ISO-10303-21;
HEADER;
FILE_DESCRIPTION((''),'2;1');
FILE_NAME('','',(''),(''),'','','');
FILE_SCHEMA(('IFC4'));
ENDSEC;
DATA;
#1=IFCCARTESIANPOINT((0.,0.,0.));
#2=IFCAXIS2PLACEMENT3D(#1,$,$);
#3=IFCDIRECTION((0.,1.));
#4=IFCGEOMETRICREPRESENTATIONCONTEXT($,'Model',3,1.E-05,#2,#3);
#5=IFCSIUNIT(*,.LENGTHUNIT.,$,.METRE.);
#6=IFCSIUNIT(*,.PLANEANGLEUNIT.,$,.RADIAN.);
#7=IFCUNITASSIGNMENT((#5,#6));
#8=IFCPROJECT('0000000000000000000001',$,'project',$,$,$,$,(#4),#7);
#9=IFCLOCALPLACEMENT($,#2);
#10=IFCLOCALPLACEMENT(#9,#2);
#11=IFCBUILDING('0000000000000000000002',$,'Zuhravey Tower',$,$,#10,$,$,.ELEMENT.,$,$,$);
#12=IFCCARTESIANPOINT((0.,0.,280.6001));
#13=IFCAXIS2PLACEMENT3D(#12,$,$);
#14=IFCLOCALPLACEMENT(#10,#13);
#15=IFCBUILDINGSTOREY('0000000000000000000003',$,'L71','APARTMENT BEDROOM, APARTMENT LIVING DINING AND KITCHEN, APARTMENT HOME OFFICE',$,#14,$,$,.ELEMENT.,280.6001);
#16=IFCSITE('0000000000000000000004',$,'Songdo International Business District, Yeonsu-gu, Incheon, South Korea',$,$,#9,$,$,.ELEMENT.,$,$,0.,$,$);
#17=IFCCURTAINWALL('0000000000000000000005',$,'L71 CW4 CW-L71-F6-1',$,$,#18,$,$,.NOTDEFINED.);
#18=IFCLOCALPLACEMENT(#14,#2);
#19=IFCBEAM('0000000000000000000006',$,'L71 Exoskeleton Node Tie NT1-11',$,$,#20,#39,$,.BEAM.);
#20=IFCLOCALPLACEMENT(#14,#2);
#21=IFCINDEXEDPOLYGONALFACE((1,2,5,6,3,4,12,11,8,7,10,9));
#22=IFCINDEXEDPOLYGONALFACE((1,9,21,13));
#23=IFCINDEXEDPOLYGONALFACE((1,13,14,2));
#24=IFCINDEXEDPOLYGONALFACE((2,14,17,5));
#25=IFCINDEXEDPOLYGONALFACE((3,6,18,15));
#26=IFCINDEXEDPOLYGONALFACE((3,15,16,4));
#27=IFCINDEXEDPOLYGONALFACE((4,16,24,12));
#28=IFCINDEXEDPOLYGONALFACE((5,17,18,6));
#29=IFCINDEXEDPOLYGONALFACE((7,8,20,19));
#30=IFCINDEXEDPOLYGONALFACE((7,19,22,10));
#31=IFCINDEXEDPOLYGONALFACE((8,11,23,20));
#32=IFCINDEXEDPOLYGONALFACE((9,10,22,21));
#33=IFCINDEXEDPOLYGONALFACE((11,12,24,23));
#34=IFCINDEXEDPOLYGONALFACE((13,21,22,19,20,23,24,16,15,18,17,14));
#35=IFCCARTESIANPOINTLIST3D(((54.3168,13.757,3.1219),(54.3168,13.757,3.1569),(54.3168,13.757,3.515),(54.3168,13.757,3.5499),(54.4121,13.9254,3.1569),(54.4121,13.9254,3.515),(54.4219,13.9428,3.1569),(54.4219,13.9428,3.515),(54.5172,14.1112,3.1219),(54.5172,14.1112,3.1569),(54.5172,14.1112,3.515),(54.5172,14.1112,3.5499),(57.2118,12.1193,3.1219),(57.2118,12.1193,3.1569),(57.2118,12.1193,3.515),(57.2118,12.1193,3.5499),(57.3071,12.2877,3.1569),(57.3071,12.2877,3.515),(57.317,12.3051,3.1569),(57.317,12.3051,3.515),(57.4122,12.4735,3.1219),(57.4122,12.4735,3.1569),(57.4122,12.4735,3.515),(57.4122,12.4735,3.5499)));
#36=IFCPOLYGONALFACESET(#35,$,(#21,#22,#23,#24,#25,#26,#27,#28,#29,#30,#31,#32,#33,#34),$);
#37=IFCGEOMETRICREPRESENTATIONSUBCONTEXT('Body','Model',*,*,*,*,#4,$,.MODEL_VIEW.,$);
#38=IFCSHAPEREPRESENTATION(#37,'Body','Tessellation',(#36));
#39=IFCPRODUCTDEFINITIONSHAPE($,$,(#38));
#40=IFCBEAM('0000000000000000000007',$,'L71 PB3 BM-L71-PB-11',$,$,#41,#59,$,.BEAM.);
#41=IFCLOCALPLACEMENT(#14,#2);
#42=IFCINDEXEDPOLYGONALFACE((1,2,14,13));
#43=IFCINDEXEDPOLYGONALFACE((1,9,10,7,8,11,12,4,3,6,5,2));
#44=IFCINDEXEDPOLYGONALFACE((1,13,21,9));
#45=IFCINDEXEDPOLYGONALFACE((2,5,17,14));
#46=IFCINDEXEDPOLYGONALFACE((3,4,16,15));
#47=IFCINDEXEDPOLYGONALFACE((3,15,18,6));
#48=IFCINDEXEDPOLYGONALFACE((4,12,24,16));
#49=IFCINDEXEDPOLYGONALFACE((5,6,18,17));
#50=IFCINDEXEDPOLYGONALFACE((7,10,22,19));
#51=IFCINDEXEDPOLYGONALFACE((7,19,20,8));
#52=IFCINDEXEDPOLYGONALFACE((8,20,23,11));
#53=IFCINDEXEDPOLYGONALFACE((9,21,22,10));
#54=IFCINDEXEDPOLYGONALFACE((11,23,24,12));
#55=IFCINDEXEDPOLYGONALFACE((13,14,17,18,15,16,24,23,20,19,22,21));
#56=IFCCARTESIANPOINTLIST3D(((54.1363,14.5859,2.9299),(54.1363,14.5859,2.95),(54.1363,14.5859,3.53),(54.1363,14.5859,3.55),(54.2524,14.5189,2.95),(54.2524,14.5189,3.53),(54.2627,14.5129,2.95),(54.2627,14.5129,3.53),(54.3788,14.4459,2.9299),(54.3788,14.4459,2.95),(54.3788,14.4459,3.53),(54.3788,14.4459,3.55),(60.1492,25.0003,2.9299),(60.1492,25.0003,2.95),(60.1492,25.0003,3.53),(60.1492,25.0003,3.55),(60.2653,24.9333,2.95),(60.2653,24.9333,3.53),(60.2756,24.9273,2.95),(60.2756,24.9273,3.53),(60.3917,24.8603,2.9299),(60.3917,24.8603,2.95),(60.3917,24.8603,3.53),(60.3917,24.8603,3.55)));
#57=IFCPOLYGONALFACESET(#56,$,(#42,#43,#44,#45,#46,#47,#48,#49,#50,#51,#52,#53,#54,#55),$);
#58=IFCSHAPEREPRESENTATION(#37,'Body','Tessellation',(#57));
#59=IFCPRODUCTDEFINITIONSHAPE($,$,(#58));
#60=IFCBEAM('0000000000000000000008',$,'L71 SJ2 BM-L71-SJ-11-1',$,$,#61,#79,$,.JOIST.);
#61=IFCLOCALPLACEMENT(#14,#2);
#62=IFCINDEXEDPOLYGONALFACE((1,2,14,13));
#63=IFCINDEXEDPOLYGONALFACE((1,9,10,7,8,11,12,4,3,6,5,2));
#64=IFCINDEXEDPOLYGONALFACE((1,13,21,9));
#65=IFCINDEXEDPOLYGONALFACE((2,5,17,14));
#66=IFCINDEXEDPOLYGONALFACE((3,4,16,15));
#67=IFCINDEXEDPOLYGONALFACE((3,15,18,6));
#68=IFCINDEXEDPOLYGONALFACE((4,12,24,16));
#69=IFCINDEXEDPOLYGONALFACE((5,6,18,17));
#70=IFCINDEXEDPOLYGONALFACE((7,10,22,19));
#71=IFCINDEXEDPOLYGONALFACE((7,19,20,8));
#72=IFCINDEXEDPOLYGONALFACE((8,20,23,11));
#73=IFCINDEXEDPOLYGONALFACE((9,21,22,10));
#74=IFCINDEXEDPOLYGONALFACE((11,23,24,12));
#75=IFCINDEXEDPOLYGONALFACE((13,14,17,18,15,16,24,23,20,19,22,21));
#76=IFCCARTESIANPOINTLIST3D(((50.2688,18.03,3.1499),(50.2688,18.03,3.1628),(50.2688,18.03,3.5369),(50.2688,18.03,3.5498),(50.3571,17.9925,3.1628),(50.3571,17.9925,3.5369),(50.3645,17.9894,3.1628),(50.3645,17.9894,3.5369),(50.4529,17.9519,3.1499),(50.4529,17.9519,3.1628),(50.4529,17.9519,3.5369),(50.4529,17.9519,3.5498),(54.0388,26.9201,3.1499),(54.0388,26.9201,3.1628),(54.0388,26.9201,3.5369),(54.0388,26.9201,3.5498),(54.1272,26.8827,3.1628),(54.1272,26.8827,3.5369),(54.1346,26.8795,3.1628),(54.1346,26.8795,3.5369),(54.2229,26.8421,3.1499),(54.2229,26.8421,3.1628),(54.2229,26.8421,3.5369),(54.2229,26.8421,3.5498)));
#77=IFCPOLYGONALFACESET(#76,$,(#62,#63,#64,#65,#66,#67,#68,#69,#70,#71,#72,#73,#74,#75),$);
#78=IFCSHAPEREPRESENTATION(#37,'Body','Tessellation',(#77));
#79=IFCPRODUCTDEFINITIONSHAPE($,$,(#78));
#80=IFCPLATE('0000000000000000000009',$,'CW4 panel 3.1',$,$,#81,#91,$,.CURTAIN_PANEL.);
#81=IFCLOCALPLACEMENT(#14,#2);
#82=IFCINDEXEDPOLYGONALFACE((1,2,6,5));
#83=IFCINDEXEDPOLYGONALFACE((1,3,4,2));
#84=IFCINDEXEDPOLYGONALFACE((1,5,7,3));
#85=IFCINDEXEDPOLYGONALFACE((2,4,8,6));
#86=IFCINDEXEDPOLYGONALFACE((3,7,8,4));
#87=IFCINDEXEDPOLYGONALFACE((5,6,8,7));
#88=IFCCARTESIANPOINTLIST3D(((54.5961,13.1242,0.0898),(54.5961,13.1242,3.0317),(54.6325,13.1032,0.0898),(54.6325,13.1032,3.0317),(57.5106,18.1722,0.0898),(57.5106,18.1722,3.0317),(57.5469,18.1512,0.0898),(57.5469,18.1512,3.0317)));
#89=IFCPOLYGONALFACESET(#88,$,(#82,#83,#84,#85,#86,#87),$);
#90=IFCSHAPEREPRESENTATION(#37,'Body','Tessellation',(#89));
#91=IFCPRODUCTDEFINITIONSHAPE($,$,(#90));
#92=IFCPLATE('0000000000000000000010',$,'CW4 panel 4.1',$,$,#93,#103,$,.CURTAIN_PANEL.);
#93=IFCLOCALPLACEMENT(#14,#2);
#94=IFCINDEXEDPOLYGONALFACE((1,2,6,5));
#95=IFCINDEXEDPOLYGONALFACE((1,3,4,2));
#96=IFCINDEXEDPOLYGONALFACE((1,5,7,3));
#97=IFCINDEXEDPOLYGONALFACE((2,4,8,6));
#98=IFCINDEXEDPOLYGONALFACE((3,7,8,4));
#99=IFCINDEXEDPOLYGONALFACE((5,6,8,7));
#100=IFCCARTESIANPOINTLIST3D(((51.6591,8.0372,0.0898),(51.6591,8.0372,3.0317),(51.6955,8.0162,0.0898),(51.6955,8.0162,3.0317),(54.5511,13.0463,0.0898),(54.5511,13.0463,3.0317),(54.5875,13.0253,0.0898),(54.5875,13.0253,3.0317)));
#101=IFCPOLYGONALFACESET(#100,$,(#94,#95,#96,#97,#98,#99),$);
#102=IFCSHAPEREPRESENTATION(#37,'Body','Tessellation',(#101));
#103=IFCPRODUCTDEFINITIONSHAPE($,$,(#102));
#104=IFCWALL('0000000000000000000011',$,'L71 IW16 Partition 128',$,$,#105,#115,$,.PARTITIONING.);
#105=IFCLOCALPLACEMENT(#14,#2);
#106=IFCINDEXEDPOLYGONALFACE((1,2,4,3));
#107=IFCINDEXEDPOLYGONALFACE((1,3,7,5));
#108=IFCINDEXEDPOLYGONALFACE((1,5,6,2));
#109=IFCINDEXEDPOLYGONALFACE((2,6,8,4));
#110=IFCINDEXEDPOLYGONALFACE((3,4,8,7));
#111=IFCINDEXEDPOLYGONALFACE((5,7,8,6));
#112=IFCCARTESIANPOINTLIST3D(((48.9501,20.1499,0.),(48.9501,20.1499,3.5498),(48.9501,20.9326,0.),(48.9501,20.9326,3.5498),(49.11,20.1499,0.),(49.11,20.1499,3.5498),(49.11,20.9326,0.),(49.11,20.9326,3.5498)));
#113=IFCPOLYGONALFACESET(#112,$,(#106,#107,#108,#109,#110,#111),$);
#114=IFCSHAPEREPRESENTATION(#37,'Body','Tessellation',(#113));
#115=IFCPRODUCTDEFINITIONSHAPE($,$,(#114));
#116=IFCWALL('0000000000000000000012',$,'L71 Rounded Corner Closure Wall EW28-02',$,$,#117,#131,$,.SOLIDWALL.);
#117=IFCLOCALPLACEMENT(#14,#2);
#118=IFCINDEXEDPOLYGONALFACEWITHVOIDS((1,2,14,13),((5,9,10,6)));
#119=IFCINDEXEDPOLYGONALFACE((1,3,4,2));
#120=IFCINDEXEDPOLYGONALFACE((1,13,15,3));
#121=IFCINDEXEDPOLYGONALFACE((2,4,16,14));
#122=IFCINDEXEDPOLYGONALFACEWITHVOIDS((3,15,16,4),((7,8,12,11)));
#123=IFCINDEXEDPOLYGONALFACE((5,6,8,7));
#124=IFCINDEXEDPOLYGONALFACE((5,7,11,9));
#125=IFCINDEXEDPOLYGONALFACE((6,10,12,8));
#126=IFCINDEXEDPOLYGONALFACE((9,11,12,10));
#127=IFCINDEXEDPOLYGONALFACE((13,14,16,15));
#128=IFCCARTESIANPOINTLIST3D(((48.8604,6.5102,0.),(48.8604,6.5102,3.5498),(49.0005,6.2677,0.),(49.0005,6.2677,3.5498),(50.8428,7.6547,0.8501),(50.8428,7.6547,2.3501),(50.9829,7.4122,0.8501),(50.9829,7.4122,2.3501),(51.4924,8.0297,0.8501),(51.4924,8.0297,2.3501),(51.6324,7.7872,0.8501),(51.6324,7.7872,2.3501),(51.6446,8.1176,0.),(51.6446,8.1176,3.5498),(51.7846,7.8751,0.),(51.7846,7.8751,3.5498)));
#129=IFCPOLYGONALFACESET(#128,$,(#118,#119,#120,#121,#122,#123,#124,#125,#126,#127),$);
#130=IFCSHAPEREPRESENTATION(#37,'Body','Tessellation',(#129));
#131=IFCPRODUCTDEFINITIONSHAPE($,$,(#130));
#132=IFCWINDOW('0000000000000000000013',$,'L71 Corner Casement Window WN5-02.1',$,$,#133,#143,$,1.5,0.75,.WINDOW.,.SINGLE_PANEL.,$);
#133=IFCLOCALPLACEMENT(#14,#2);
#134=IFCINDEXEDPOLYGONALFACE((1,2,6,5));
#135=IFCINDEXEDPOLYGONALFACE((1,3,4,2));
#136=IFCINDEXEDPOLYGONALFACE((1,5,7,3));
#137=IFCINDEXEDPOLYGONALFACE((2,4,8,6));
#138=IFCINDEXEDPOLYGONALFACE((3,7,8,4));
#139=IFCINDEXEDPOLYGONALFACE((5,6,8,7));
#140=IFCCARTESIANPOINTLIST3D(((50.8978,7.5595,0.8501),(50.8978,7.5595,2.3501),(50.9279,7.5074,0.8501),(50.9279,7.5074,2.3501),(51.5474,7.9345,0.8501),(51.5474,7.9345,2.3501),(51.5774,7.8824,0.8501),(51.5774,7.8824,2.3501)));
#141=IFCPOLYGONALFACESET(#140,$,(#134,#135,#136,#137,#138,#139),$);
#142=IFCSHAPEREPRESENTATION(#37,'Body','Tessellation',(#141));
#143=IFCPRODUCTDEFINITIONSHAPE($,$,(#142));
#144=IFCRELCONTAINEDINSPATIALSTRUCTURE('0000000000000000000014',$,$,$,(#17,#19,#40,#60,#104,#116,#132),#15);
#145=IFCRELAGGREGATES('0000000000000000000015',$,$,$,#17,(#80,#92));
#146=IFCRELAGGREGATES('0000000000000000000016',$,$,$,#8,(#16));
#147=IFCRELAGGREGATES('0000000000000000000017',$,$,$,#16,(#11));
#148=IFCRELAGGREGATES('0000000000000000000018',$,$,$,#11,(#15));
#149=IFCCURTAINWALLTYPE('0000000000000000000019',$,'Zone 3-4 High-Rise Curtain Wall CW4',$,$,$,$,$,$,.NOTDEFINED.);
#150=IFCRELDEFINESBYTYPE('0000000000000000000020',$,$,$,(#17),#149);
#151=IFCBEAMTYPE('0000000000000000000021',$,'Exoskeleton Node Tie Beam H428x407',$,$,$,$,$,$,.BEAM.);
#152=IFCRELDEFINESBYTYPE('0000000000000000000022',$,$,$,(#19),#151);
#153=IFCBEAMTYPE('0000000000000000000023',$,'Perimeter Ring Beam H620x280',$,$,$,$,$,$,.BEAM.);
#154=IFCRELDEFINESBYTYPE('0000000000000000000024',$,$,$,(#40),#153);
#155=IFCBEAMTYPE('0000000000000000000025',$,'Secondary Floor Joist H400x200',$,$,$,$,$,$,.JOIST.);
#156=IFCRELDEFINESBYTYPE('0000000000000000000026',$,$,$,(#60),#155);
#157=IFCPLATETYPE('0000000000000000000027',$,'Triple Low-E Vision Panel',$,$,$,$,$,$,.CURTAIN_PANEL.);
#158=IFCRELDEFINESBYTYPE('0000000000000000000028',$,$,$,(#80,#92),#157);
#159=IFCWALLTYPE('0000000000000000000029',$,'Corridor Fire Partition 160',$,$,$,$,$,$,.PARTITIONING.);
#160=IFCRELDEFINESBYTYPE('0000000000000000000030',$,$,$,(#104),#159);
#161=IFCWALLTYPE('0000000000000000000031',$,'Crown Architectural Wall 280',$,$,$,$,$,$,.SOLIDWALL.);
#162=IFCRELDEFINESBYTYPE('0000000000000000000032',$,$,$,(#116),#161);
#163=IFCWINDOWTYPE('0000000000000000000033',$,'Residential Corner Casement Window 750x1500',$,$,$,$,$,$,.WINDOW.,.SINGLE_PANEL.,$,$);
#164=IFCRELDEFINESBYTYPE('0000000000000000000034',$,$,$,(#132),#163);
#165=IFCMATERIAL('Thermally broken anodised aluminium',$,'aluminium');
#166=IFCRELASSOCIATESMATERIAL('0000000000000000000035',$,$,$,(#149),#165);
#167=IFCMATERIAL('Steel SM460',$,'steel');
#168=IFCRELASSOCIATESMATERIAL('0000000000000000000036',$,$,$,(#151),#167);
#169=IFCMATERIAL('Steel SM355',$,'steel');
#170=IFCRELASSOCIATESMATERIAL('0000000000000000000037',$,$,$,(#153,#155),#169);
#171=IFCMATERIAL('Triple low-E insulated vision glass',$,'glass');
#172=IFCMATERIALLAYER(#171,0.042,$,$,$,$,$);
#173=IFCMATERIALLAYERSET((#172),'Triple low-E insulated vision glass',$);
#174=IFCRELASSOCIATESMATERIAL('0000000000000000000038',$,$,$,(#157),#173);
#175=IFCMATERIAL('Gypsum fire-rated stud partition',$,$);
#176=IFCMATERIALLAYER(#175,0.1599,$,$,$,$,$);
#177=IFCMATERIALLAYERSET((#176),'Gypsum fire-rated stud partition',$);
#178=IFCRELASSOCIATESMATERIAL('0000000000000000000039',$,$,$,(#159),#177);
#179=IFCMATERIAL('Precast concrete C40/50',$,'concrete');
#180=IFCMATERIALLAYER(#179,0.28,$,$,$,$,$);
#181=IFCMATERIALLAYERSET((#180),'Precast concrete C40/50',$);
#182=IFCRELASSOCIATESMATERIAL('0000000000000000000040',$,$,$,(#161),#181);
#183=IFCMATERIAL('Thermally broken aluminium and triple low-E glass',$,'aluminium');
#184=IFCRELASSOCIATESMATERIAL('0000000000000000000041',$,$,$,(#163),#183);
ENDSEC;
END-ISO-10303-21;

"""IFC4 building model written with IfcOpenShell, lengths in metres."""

from ifc_helpers import new_model, si_unit, direction, frame, frame_2d, origin, origin_2d, place, context, subcontext, project, spatial, rectangle, i_section, extrude, material, layer, layer_set, material_profile, profile_set, type_object, element, fill, aggregate, save


model = new_model("IFC4")

# Units and contexts
model_context = context("Model", 3, precision=1e-05, world=origin(), true_north=direction((0.0, 1.0)))
body_context = subcontext(model_context, "Body", "Model", "MODEL_VIEW")
ifc_project = project(units=[si_unit("LENGTHUNIT", "METRE"), si_unit("PLANEANGLEUNIT", "RADIAN")], contexts=[model_context])

# Site, building, storey
site_placement = place(None, origin())
site = spatial("IfcSite", under=ifc_project, at=site_placement, Name="Songdo International Business District, Yeonsu-gu, Incheon, South Korea", CompositionType="ELEMENT", RefElevation=0.0)
building_placement = place(site_placement, origin())
building = spatial("IfcBuilding", under=site, at=building_placement, Name="Zuhravey Tower", CompositionType="ELEMENT")
storey_placement = place(building_placement, frame((0.0, 0.0, 280.6001)))
storey = spatial("IfcBuildingStorey", under=building, at=storey_placement, Name="L71", Description="APARTMENT BEDROOM, APARTMENT LIVING DINING AND KITCHEN, APARTMENT HOME OFFICE", CompositionType="ELEMENT", Elevation=280.6001)

# Curtain wall
ifc_material_1 = material(Name="Thermally broken anodised aluminium", Category="aluminium")
curtain_wall_type = type_object("IfcCurtainWallType", Name="Zone 3-4 High-Rise Curtain Wall CW4", PredefinedType="NOTDEFINED", material=ifc_material_1)
curtain_wall_1_placement = place(storey_placement, origin())
curtain_wall_1 = element("IfcCurtainWall", 1, at=curtain_wall_1_placement, inside=storey, type_object=curtain_wall_type, Name="L71 CW4 CW-L71-F6-1", PredefinedType="NOTDEFINED")

# Beams
ifc_material_2 = material(Name="Steel SM460", Category="steel")
ifc_material_profile_1 = material_profile(ifc_material_2, i_section(OverallWidth=0.407, OverallDepth=0.428, WebThickness=0.02, FlangeThickness=0.0349, at=origin_2d()), Name="H-428x407x20x35")
ifc_profile_set_1 = profile_set([ifc_material_profile_1], Name="Steel SM460")
beam_type_1 = type_object("IfcBeamType", Name="Exoskeleton Node Tie Beam H428x407", PredefinedType="BEAM", material=ifc_profile_set_1)
beam_1_placement = place(storey_placement, frame((54.417, 13.9341, 3.3359), z_axis=(0.870385, -0.492372, 0.0), x_axis=(0.492372, 0.870385, 0.0)))
element("IfcBeam", 2, at=beam_1_placement, inside=storey, type_object=beam_type_1, Name="L71 Exoskeleton Node Tie NT1-11", PredefinedType="BEAM", context=body_context, shape_type="SweptSolid", body=[
    extrude(i_section(OverallWidth=0.407, OverallDepth=0.428, WebThickness=0.02, FlangeThickness=0.0349, at=origin_2d()), origin(), (0.0, 0.0, 1.0), 3.3262),
])
ifc_material_3 = material(Name="Steel SM355", Category="steel")
ifc_material_profile_2 = material_profile(ifc_material_3, i_section(OverallWidth=0.28, OverallDepth=0.6201, WebThickness=0.012, FlangeThickness=0.02, at=origin_2d()), Name="H-620x280x12x20")
ifc_profile_set_2 = profile_set([ifc_material_profile_2], Name="Steel SM355")
beam_type_2 = type_object("IfcBeamType", Name="Perimeter Ring Beam H620x280", PredefinedType="BEAM", material=ifc_profile_set_2)
beam_2_placement = place(storey_placement, frame((54.2576, 14.5159, 3.24), z_axis=(0.500006, 0.866022, 0.0), x_axis=(-0.866022, 0.500006, 0.0)))
element("IfcBeam", 3, at=beam_2_placement, inside=storey, type_object=beam_type_2, Name="L71 PB3 BM-L71-PB-11", PredefinedType="BEAM", context=body_context, shape_type="SweptSolid", body=[
    extrude(i_section(OverallWidth=0.28, OverallDepth=0.6201, WebThickness=0.012, FlangeThickness=0.02, at=origin_2d()), origin(), (0.0, 0.0, 1.0), 12.0256),
])
ifc_material_profile_3 = material_profile(ifc_material_3, i_section(OverallWidth=0.2, OverallDepth=0.3999, WebThickness=0.0081, FlangeThickness=0.0129, at=origin_2d()), Name="H-400x200x8x13")
ifc_profile_set_3 = profile_set([ifc_material_profile_3], Name="Steel SM355")
beam_type_3 = type_object("IfcBeamType", Name="Secondary Floor Joist H400x200", PredefinedType="JOIST", material=ifc_profile_set_3)
beam_3_placement = place(storey_placement, frame((50.3608, 17.991, 3.3499), z_axis=(0.390413, 0.92064, 0.0), x_axis=(-0.92064, 0.390413, 0.0)))
element("IfcBeam", 4, at=beam_3_placement, inside=storey, type_object=beam_type_3, Name="L71 SJ2 BM-L71-SJ-11-1", PredefinedType="JOIST", context=body_context, shape_type="SweptSolid", body=[
    extrude(i_section(OverallWidth=0.2, OverallDepth=0.3999, WebThickness=0.0081, FlangeThickness=0.0129, at=origin_2d()), origin(), (0.0, 0.0, 1.0), 9.6565),
])

# Plates
ifc_material_4 = material(Name="Triple low-E insulated vision glass", Category="glass")
ifc_layer_1 = layer(ifc_material_4, 0.042)
ifc_layer_set_1 = layer_set([ifc_layer_1], Name="Triple low-E insulated vision glass")
plate_type = type_object("IfcPlateType", Name="Triple Low-E Vision Panel", PredefinedType="CURTAIN_PANEL", material=ifc_layer_set_1)
plate_1_placement = place(storey_placement, frame((56.0715, 15.6377, 0.0898), z_axis=(0.0, 0.0, 1.0), x_axis=(-0.500002, -0.866024, 0.0)))
plate_1 = element("IfcPlate", 5, at=plate_1_placement, type_object=plate_type, Name="CW4 panel 3.1", PredefinedType="CURTAIN_PANEL", context=body_context, shape_type="SweptSolid", body=[
    extrude(rectangle(XDim=5.8289, YDim=0.042, at=origin_2d()), origin(), (0.0, 0.0, 1.0), 2.9419),
])
plate_2_placement = place(storey_placement, frame((53.1233, 10.5312, 0.0898), z_axis=(0.0, 0.0, 1.0), x_axis=(-0.500002, -0.866024, 0.0)))
plate_2 = element("IfcPlate", 6, at=plate_2_placement, type_object=plate_type, Name="CW4 panel 4.1", PredefinedType="CURTAIN_PANEL", context=body_context, shape_type="SweptSolid", body=[
    extrude(rectangle(XDim=5.7839, YDim=0.042, at=origin_2d()), origin(), (0.0, 0.0, 1.0), 2.9419),
])
aggregate(curtain_wall_1, [plate_1, plate_2])

# Wall
ifc_material_5 = material(Name="Gypsum fire-rated stud partition")
ifc_layer_2 = layer(ifc_material_5, 0.1599)
ifc_layer_set_2 = layer_set([ifc_layer_2], Name="Gypsum fire-rated stud partition")
wall_type_1 = type_object("IfcWallType", Name="Corridor Fire Partition 160", PredefinedType="PARTITIONING", material=ifc_layer_set_2)
wall_1_placement = place(storey_placement, frame((49.03, 20.1499, 0.0), z_axis=(0.0, 0.0, 1.0), x_axis=(0.0, 1.0, 0.0)))
element("IfcWall", 7, at=wall_1_placement, inside=storey, type_object=wall_type_1, Name="L71 IW16 Partition 128", PredefinedType="PARTITIONING", context=body_context, shape_type="SweptSolid", body=[
    extrude(rectangle(XDim=0.7827, YDim=0.1599, at=frame_2d((0.3914, 0.0))), origin(), (0.0, 0.0, 1.0), 3.5498),
])

# Wall, opening, window
ifc_material_6 = material(Name="Precast concrete C40/50", Category="concrete")
ifc_layer_3 = layer(ifc_material_6, 0.28)
ifc_layer_set_3 = layer_set([ifc_layer_3], Name="Precast concrete C40/50")
wall_type_2 = type_object("IfcWallType", Name="Crown Architectural Wall 280", PredefinedType="SOLIDWALL", material=ifc_layer_set_3)
wall_2_placement = place(storey_placement, frame((51.7146, 7.9963, 0.0), z_axis=(0.0, 0.0, 1.0), x_axis=(-0.866029, -0.499994, 0.0)))
wall_2 = element("IfcWall", 8, at=wall_2_placement, inside=storey, type_object=wall_type_2, Name="L71 Rounded Corner Closure Wall EW28-02", PredefinedType="SOLIDWALL", context=body_context, shape_type="SweptSolid", body=[
    extrude(rectangle(XDim=3.2148, YDim=0.28, at=frame_2d((1.6074, 0.0))), origin(), (0.0, 0.0, 1.0), 3.5498),
])
opening_1_placement = place(wall_2_placement, frame((0.1758, 0.0, 0.8501)))
opening_1 = element("IfcOpeningElement", 9, at=opening_1_placement, cuts=wall_2, PredefinedType="OPENING", context=body_context, shape_type="SweptSolid", body=[
    extrude(rectangle(XDim=0.75, YDim=1.5, at=frame_2d((0.375, 0.75))), frame((0.0, 0.1521, 0.0), z_axis=(0.0, -1.0, 0.0), x_axis=(1.0, 0.0, 0.0)), (0.0, 0.0, 1.0), 0.304),
])
ifc_material_7 = material(Name="Thermally broken aluminium and triple low-E glass", Category="aluminium")
window_type = type_object("IfcWindowType", Name="Residential Corner Casement Window 750x1500", PartitioningType="SINGLE_PANEL", PredefinedType="WINDOW", material=ifc_material_7)
window_placement = place(opening_1_placement, origin())
window = element("IfcWindow", 10, at=window_placement, inside=storey, type_object=window_type, Name="L71 Corner Casement Window WN5-02.1", OverallHeight=1.5, OverallWidth=0.75, PartitioningType="SINGLE_PANEL", PredefinedType="WINDOW", context=body_context, shape_type="SweptSolid", body=[
    extrude(rectangle(XDim=0.75, YDim=1.5, at=frame_2d((0.375, 0.75))), frame((0.0, 0.03, 0.0), z_axis=(0.0, -1.0, 0.0), x_axis=(1.0, 0.0, 0.0)), (0.0, 0.0, 1.0), 0.0601),
])
fill(opening_1, window)

save(model, "model.ifc")
